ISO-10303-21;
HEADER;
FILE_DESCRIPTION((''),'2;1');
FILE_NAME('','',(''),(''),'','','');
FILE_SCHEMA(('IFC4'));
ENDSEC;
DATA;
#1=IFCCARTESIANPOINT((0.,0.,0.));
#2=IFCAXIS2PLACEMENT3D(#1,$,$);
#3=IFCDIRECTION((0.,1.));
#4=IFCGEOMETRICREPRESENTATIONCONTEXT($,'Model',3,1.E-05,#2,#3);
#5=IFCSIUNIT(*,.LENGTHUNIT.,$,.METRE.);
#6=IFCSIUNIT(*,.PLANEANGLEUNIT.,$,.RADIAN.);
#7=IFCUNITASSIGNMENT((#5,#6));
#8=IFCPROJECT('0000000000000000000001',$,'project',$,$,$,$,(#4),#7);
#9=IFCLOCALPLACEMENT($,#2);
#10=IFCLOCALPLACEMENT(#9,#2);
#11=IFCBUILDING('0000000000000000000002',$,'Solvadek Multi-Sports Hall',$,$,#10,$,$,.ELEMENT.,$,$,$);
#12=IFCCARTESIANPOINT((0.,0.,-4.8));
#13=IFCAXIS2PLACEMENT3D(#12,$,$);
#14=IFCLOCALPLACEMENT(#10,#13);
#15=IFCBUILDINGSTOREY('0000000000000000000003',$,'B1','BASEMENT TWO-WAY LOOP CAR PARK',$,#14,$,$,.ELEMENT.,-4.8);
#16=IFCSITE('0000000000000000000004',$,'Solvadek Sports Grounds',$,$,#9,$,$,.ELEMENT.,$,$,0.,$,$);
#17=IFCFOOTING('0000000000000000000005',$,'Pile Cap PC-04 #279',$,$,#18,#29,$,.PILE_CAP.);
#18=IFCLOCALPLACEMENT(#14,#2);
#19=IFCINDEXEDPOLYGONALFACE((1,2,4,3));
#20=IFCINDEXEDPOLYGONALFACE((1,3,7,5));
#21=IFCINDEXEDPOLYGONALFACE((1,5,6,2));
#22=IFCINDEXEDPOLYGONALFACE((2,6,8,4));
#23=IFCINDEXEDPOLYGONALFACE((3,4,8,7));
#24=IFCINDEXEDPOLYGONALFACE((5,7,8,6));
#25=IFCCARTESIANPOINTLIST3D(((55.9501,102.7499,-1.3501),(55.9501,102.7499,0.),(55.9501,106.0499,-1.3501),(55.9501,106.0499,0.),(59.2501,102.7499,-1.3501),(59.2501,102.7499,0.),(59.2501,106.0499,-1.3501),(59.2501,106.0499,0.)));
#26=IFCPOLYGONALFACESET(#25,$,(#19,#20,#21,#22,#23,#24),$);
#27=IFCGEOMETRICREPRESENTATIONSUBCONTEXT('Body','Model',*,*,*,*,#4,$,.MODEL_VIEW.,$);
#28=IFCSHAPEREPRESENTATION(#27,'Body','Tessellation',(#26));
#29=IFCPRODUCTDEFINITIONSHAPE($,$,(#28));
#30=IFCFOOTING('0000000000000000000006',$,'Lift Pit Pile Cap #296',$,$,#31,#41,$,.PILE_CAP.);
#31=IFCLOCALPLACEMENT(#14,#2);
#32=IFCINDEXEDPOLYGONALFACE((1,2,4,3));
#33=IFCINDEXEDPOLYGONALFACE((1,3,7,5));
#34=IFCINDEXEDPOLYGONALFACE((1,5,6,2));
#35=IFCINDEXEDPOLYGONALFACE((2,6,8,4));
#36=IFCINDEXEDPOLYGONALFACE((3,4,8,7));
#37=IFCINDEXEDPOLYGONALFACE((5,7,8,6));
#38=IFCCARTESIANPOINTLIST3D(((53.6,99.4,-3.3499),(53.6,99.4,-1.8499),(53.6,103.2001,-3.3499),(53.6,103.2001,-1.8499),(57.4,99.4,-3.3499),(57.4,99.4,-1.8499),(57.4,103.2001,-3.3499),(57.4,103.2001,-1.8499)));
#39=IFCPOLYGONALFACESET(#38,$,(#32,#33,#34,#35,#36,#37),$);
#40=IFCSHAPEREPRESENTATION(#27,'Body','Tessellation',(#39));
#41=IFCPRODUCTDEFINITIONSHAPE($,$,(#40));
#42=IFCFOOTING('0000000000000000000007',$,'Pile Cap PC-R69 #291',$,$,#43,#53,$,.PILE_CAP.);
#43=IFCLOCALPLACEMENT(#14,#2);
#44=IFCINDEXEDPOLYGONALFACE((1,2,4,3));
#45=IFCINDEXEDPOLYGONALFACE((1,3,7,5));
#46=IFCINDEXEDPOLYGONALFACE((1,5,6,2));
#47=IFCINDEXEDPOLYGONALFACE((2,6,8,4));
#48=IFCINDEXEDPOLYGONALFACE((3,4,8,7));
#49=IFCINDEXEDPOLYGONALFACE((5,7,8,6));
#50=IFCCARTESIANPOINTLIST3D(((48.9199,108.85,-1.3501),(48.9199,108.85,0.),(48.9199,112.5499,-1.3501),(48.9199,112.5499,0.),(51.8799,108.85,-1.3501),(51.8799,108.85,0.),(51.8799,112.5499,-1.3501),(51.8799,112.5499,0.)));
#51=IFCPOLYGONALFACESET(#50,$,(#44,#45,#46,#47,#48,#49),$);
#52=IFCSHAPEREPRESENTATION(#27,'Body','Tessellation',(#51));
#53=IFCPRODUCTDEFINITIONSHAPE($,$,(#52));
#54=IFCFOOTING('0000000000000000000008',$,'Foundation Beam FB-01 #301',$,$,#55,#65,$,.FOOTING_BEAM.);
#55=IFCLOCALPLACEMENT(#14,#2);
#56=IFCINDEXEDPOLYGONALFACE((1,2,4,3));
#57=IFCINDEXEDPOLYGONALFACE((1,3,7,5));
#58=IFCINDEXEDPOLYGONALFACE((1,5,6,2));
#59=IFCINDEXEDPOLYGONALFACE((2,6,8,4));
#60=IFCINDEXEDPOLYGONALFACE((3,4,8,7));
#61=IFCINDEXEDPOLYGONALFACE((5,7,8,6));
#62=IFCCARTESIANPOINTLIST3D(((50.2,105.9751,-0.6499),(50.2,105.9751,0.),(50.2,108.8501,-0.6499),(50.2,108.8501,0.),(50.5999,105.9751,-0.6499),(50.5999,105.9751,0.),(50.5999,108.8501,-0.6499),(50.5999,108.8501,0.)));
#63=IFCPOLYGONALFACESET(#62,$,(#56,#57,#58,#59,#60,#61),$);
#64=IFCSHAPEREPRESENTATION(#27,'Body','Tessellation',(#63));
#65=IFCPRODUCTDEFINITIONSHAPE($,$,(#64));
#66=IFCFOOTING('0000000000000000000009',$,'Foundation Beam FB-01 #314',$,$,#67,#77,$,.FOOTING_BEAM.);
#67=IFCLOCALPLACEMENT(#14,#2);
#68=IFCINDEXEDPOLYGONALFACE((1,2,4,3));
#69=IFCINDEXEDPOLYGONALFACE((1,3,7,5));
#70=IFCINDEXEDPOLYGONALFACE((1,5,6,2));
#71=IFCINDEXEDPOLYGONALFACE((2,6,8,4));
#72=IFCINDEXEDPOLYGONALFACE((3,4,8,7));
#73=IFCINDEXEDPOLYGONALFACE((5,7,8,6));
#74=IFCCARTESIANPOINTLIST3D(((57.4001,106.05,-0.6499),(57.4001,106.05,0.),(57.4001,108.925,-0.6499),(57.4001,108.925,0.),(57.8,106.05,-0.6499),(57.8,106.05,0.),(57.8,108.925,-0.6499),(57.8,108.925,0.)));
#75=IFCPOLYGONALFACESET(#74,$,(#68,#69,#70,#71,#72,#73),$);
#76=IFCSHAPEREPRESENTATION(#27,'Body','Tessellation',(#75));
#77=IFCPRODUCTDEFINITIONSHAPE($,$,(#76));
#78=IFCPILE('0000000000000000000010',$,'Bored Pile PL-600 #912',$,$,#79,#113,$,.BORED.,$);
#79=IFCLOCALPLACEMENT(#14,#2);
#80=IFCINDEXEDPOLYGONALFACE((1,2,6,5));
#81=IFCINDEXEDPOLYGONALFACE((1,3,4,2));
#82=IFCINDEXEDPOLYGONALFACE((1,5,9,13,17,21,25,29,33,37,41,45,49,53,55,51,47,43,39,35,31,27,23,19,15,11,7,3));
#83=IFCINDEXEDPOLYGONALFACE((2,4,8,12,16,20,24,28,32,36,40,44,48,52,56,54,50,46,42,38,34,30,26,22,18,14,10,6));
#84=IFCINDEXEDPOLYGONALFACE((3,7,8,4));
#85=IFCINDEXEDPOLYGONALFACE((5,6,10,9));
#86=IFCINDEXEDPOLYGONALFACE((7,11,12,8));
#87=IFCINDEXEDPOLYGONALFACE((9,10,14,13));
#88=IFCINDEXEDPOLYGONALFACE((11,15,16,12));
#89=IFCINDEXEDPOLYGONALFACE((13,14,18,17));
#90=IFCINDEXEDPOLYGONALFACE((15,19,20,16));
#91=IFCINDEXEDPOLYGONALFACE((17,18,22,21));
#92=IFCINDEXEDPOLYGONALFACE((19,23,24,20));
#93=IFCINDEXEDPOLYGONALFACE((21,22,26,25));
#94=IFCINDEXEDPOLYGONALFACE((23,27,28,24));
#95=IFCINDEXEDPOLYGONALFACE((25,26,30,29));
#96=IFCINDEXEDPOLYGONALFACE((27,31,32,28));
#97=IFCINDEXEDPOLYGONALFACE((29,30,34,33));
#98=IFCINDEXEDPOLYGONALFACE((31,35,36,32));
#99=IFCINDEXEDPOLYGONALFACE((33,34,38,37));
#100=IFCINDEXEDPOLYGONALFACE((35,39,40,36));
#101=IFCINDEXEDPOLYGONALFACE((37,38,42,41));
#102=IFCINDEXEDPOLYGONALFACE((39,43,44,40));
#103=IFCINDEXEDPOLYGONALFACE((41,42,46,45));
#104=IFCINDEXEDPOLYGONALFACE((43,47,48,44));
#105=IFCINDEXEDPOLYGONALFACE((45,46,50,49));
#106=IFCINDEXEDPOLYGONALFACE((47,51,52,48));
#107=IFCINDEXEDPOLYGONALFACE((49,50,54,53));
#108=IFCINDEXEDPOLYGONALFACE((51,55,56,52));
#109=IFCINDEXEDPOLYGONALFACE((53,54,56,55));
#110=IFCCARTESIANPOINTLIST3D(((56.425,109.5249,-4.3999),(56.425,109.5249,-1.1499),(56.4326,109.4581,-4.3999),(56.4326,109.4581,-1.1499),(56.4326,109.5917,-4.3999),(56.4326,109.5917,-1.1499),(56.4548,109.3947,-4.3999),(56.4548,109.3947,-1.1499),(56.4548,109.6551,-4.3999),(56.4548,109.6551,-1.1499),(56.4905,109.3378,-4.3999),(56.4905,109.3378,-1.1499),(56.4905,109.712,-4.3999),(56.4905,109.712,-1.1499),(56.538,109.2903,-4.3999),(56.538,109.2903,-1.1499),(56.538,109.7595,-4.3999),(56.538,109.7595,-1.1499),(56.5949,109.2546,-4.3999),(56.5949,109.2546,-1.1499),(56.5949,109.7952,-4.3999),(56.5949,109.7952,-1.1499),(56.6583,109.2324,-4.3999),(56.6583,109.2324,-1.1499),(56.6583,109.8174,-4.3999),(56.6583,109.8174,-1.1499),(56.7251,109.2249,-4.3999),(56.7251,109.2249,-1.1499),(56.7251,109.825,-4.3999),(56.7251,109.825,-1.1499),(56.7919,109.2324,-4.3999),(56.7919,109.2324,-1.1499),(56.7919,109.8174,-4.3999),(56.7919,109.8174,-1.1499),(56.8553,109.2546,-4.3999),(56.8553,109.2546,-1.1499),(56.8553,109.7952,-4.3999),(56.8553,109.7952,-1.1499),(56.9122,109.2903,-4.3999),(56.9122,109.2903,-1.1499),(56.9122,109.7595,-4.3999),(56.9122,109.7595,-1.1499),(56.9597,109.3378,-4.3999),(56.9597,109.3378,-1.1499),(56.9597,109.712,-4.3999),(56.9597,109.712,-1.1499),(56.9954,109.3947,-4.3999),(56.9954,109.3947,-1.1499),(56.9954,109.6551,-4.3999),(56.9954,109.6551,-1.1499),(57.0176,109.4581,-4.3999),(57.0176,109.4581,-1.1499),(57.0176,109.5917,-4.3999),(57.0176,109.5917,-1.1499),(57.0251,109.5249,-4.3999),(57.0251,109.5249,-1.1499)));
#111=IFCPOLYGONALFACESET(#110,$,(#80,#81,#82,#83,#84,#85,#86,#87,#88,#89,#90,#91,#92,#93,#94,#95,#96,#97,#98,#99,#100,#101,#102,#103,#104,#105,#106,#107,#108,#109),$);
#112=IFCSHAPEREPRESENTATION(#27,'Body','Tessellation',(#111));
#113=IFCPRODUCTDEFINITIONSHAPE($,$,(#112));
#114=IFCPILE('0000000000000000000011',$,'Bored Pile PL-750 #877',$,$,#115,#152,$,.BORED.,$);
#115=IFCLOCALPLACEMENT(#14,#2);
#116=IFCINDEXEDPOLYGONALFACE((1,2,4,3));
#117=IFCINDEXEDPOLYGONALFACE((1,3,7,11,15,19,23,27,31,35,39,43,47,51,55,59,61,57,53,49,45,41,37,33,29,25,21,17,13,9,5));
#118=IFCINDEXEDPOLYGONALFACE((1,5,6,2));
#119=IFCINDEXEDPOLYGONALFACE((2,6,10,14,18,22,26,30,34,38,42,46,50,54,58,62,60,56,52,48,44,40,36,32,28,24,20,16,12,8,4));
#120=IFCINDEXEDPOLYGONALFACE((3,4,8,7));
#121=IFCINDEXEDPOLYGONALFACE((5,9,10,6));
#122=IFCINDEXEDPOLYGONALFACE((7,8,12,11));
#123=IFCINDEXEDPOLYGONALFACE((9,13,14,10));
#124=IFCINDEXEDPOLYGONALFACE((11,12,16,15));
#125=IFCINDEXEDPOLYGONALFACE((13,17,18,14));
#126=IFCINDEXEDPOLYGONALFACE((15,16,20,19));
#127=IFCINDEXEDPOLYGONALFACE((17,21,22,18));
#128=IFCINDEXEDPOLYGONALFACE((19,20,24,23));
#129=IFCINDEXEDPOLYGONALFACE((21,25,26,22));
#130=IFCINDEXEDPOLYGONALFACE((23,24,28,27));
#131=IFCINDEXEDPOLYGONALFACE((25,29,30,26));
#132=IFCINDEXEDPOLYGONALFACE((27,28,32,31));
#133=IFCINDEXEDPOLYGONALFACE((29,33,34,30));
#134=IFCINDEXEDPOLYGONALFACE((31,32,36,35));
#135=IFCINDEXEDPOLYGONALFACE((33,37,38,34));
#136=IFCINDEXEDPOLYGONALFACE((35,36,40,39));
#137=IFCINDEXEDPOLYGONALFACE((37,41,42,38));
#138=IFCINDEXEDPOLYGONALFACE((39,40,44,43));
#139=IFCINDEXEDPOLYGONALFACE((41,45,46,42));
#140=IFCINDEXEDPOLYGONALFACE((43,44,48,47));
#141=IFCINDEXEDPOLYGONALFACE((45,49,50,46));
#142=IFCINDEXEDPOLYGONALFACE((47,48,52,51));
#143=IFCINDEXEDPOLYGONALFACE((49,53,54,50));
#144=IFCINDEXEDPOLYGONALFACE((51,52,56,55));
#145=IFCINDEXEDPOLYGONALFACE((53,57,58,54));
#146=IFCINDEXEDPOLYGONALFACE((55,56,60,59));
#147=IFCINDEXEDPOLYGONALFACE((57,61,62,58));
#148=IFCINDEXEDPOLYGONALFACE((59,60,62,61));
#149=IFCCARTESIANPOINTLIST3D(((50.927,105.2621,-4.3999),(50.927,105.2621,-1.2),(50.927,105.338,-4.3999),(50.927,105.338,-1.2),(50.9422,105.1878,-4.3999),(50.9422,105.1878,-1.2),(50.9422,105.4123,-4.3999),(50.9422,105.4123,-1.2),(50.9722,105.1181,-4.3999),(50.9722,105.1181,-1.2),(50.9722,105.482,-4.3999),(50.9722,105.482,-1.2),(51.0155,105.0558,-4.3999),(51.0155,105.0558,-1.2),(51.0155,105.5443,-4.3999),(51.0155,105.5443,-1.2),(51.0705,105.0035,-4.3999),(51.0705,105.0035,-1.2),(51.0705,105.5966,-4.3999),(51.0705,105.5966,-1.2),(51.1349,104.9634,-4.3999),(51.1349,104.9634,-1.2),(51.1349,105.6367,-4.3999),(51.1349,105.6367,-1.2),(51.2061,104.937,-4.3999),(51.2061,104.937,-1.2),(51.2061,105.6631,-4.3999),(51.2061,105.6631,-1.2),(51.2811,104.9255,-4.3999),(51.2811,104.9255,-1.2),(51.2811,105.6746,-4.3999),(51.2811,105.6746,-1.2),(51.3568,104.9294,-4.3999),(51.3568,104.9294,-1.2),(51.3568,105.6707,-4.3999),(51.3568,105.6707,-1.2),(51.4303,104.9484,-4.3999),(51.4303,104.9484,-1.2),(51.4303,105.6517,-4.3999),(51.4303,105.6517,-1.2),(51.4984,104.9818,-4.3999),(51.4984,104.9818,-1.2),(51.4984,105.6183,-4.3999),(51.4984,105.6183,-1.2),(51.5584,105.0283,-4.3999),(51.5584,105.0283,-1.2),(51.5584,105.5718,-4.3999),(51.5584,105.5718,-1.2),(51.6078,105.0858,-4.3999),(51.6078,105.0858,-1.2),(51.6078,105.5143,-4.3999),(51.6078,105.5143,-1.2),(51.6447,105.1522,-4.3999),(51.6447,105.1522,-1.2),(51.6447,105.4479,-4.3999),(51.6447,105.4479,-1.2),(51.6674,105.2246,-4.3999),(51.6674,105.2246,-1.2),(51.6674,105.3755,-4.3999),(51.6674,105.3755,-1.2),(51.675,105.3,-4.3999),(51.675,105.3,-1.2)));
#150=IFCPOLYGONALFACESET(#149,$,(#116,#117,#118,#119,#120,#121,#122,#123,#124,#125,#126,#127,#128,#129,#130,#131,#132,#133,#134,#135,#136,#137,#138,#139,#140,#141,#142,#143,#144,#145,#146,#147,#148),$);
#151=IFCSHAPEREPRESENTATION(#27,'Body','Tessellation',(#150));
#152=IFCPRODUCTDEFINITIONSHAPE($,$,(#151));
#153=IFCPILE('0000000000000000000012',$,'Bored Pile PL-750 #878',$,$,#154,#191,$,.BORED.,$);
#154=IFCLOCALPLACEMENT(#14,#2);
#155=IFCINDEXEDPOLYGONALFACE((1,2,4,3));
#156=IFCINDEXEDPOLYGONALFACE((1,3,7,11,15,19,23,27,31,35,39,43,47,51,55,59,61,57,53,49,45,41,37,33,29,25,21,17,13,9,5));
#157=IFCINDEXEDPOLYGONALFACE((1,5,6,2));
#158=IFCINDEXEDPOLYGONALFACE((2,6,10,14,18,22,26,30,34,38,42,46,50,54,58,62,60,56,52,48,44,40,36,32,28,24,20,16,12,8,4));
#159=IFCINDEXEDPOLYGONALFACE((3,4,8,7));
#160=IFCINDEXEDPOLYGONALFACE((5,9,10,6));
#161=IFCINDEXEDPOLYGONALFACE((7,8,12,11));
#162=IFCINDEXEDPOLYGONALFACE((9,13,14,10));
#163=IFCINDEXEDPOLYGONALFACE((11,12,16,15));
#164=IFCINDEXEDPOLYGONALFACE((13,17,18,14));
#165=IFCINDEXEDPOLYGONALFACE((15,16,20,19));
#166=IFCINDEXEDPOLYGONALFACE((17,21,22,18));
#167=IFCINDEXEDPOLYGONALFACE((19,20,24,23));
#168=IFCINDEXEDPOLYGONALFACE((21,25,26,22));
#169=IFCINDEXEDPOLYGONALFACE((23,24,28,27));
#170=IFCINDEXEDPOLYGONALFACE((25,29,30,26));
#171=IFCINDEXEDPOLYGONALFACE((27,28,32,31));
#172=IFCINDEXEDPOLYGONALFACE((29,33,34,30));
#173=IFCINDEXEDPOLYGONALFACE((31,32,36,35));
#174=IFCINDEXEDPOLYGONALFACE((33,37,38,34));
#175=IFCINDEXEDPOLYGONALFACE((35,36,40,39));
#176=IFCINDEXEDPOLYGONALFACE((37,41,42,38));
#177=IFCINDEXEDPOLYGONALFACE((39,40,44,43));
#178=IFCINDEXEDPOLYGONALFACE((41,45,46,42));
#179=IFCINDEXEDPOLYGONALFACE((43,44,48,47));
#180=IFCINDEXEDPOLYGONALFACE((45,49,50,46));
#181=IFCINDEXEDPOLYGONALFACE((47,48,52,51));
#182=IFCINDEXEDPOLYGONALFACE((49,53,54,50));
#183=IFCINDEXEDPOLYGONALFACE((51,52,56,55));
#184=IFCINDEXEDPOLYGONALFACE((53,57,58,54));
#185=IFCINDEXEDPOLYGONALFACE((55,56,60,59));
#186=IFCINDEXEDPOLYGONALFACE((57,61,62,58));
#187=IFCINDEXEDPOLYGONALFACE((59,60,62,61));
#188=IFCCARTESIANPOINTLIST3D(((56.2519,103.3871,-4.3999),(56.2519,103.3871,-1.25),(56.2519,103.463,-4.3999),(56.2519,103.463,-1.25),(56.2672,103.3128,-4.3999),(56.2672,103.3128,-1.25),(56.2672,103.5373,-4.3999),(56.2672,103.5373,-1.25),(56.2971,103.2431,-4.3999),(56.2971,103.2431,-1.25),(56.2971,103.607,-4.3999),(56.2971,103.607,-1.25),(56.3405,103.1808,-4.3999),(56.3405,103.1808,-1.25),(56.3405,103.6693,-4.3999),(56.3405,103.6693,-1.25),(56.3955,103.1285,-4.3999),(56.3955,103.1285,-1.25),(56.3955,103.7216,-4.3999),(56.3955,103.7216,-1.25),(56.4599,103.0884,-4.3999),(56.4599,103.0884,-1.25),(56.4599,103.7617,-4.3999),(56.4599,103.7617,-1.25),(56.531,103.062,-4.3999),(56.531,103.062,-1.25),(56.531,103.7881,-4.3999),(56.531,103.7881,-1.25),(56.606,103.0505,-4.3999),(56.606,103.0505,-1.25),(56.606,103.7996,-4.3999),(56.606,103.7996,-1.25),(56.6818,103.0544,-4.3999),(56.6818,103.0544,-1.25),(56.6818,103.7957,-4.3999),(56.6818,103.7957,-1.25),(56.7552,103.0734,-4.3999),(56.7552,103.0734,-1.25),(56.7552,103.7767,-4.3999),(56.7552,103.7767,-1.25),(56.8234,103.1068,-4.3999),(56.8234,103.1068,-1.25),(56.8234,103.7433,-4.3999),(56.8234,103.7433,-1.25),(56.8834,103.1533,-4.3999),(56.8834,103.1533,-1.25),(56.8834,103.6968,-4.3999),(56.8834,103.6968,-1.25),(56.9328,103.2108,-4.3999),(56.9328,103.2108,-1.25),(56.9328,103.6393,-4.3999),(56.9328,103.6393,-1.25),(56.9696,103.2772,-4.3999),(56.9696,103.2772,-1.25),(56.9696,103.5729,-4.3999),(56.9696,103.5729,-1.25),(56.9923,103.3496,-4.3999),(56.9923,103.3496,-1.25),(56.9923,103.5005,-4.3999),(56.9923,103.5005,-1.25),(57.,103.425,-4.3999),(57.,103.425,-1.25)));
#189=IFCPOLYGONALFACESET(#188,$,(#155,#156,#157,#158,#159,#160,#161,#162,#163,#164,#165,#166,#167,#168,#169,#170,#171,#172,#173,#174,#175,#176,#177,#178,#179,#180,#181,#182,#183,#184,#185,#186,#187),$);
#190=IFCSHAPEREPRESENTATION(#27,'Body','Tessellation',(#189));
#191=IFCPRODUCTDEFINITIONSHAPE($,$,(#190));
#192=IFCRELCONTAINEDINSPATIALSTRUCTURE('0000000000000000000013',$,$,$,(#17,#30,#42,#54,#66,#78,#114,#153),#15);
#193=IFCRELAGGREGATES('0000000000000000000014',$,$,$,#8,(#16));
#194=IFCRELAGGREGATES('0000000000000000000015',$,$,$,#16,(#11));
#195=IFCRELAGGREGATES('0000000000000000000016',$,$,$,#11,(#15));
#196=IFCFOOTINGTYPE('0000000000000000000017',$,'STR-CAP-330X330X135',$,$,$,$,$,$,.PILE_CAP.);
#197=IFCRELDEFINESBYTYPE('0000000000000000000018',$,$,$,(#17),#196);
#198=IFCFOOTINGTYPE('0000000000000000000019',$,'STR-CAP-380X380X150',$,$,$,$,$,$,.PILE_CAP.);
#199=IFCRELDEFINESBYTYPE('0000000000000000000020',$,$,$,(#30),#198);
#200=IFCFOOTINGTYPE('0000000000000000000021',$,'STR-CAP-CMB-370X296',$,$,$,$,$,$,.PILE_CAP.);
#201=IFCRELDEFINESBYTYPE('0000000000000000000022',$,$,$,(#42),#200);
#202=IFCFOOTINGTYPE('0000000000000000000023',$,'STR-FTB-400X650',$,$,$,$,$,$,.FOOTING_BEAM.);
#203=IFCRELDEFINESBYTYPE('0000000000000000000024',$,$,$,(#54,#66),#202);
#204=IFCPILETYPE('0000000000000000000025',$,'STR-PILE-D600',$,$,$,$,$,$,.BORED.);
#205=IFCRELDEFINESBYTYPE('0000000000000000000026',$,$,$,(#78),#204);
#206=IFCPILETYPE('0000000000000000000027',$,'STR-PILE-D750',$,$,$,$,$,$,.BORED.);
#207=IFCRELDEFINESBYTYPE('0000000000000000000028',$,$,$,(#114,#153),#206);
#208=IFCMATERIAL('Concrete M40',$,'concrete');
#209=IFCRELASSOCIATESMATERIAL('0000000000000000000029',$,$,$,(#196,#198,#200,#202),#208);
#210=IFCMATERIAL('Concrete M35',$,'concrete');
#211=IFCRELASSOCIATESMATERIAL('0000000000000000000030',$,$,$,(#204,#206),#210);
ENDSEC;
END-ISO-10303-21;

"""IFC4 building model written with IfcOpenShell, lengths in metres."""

from ifc_helpers import new_model, si_unit, direction, frame, origin, origin_2d, place, context, subcontext, project, spatial, rectangle, circle, extrude, material, material_profile, profile_set, type_object, element, save


model = new_model("IFC4")

# Units and contexts
model_context = context("Model", 3, precision=1e-05, world=origin(), true_north=direction((0.0, 1.0)))
body_context = subcontext(model_context, "Body", "Model", "MODEL_VIEW")
ifc_project = project(units=[si_unit("LENGTHUNIT", "METRE"), si_unit("PLANEANGLEUNIT", "RADIAN")], contexts=[model_context])

# Site, building, storey
site_placement = place(None, origin())
site = spatial("IfcSite", under=ifc_project, at=site_placement, Name="Solvadek Sports Grounds", CompositionType="ELEMENT", RefElevation=0.0)
building_placement = place(site_placement, origin())
building = spatial("IfcBuilding", under=site, at=building_placement, Name="Solvadek Multi-Sports Hall", CompositionType="ELEMENT")
storey_placement = place(building_placement, frame((0.0, 0.0, -4.8)))
storey = spatial("IfcBuildingStorey", under=building, at=storey_placement, Name="B1", Description="BASEMENT TWO-WAY LOOP CAR PARK", CompositionType="ELEMENT", Elevation=-4.8)

# Footings
ifc_material_1 = material(Name="Concrete M40", Category="concrete")
footing_type_1 = type_object("IfcFootingType", Name="STR-CAP-330X330X135", PredefinedType="PILE_CAP", material=ifc_material_1)
footing_1_placement = place(storey_placement, frame((57.6001, 104.3999, -1.3501), z_axis=(0.0, 0.0, 1.0), x_axis=(1.0, 0.0, 0.0)))
element("IfcFooting", 1, at=footing_1_placement, inside=storey, type_object=footing_type_1, Name="Pile Cap PC-04 #279", PredefinedType="PILE_CAP", context=body_context, shape_type="SweptSolid", body=[
    extrude(rectangle(XDim=3.3, YDim=3.3, at=origin_2d()), origin(), (0.0, 0.0, 1.0), 1.3501),
])
footing_type_2 = type_object("IfcFootingType", Name="STR-CAP-380X380X150", PredefinedType="PILE_CAP", material=ifc_material_1)
footing_2_placement = place(storey_placement, frame((55.5, 101.3, -3.3499), z_axis=(0.0, 0.0, 1.0), x_axis=(1.0, 0.0, 0.0)))
element("IfcFooting", 2, at=footing_2_placement, inside=storey, type_object=footing_type_2, Name="Lift Pit Pile Cap #296", PredefinedType="PILE_CAP", context=body_context, shape_type="SweptSolid", body=[
    extrude(rectangle(XDim=3.8, YDim=3.8, at=origin_2d()), origin(), (0.0, 0.0, 1.0), 1.5),
])
footing_type_3 = type_object("IfcFootingType", Name="STR-CAP-CMB-370X296", PredefinedType="PILE_CAP", material=ifc_material_1)
footing_3_placement = place(storey_placement, frame((50.3999, 110.7, -1.3501), z_axis=(0.0, 0.0, 1.0), x_axis=(0.0, 1.0, 0.0)))
element("IfcFooting", 3, at=footing_3_placement, inside=storey, type_object=footing_type_3, Name="Pile Cap PC-R69 #291", PredefinedType="PILE_CAP", context=body_context, shape_type="SweptSolid", body=[
    extrude(rectangle(XDim=3.7, YDim=2.96, at=origin_2d()), origin(), (0.0, 0.0, 1.0), 1.3501),
])
footing_type_4 = type_object("IfcFootingType", Name="STR-FTB-400X650", PredefinedType="FOOTING_BEAM", material=ifc_material_1)
for number, where, z_axis, x_axis, name in (
    (4, (50.3999, 107.4126, -0.6499), (0.0, 0.0, 1.0), (0.0, 1.0, 0.0), "Foundation Beam FB-01 #301"),
    (5, (57.6001, 107.4875, -0.6499), (0.0, 0.0, 1.0), (0.0, 1.0, 0.0), "Foundation Beam FB-01 #314"),
):
    element("IfcFooting", number, at=place(storey_placement, frame(where, z_axis=z_axis, x_axis=x_axis)), inside=storey, type_object=footing_type_4, Name=name, PredefinedType="FOOTING_BEAM", context=body_context, shape_type="SweptSolid", body=[
        extrude(rectangle(XDim=2.875, YDim=0.3999, at=origin_2d()), origin(), (0.0, 0.0, 1.0), 0.6499),
    ])

# Piles
ifc_material_2 = material(Name="Concrete M35", Category="concrete")
ifc_material_profile_1 = material_profile(ifc_material_2, circle(Radius=0.3, at=origin_2d()), Name="BORED PILE D600")
ifc_profile_set_1 = profile_set([ifc_material_profile_1], Name="Concrete M35")
pile_type_1 = type_object("IfcPileType", Name="STR-PILE-D600", PredefinedType="BORED", material=ifc_profile_set_1)
pile_1_placement = place(storey_placement, frame((56.7251, 109.5249, -1.1499), z_axis=(0.0, 0.0, -1.0), x_axis=(1.0, 0.0, 0.0)))
element("IfcPile", 6, at=pile_1_placement, inside=storey, type_object=pile_type_1, Name="Bored Pile PL-600 #912", PredefinedType="BORED", context=body_context, shape_type="SweptSolid", body=[
    extrude(circle(Radius=0.3, at=origin_2d()), origin(), (0.0, 0.0, 1.0), 3.25),
])
ifc_material_profile_2 = material_profile(ifc_material_2, circle(Radius=0.375, at=origin_2d()), Name="BORED PILE D750")
ifc_profile_set_2 = profile_set([ifc_material_profile_2], Name="Concrete M35")
pile_type_2 = type_object("IfcPileType", Name="STR-PILE-D750", PredefinedType="BORED", material=ifc_profile_set_2)
pile_2_placement = place(storey_placement, frame((51.3, 105.3, -1.2), z_axis=(0.0, 0.0, -1.0), x_axis=(1.0, 0.0, 0.0)))
element("IfcPile", 7, at=pile_2_placement, inside=storey, type_object=pile_type_2, Name="Bored Pile PL-750 #877", PredefinedType="BORED", context=body_context, shape_type="SweptSolid", body=[
    extrude(circle(Radius=0.375, at=origin_2d()), origin(), (0.0, 0.0, 1.0), 3.2),
])
for number, where, z_axis, x_axis, name in (
    (8, (56.625, 103.425, -1.25), (0.0, 0.0, -1.0), (1.0, 0.0, 0.0), "Bored Pile PL-750 #878"),
):
    element("IfcPile", number, at=place(storey_placement, frame(where, z_axis=z_axis, x_axis=x_axis)), inside=storey, type_object=pile_type_2, Name=name, PredefinedType="BORED", context=body_context, shape_type="SweptSolid", body=[
        extrude(circle(Radius=0.375, at=origin_2d()), origin(), (0.0, 0.0, 1.0), 3.1499),
    ])

save(model, "model.ifc")
